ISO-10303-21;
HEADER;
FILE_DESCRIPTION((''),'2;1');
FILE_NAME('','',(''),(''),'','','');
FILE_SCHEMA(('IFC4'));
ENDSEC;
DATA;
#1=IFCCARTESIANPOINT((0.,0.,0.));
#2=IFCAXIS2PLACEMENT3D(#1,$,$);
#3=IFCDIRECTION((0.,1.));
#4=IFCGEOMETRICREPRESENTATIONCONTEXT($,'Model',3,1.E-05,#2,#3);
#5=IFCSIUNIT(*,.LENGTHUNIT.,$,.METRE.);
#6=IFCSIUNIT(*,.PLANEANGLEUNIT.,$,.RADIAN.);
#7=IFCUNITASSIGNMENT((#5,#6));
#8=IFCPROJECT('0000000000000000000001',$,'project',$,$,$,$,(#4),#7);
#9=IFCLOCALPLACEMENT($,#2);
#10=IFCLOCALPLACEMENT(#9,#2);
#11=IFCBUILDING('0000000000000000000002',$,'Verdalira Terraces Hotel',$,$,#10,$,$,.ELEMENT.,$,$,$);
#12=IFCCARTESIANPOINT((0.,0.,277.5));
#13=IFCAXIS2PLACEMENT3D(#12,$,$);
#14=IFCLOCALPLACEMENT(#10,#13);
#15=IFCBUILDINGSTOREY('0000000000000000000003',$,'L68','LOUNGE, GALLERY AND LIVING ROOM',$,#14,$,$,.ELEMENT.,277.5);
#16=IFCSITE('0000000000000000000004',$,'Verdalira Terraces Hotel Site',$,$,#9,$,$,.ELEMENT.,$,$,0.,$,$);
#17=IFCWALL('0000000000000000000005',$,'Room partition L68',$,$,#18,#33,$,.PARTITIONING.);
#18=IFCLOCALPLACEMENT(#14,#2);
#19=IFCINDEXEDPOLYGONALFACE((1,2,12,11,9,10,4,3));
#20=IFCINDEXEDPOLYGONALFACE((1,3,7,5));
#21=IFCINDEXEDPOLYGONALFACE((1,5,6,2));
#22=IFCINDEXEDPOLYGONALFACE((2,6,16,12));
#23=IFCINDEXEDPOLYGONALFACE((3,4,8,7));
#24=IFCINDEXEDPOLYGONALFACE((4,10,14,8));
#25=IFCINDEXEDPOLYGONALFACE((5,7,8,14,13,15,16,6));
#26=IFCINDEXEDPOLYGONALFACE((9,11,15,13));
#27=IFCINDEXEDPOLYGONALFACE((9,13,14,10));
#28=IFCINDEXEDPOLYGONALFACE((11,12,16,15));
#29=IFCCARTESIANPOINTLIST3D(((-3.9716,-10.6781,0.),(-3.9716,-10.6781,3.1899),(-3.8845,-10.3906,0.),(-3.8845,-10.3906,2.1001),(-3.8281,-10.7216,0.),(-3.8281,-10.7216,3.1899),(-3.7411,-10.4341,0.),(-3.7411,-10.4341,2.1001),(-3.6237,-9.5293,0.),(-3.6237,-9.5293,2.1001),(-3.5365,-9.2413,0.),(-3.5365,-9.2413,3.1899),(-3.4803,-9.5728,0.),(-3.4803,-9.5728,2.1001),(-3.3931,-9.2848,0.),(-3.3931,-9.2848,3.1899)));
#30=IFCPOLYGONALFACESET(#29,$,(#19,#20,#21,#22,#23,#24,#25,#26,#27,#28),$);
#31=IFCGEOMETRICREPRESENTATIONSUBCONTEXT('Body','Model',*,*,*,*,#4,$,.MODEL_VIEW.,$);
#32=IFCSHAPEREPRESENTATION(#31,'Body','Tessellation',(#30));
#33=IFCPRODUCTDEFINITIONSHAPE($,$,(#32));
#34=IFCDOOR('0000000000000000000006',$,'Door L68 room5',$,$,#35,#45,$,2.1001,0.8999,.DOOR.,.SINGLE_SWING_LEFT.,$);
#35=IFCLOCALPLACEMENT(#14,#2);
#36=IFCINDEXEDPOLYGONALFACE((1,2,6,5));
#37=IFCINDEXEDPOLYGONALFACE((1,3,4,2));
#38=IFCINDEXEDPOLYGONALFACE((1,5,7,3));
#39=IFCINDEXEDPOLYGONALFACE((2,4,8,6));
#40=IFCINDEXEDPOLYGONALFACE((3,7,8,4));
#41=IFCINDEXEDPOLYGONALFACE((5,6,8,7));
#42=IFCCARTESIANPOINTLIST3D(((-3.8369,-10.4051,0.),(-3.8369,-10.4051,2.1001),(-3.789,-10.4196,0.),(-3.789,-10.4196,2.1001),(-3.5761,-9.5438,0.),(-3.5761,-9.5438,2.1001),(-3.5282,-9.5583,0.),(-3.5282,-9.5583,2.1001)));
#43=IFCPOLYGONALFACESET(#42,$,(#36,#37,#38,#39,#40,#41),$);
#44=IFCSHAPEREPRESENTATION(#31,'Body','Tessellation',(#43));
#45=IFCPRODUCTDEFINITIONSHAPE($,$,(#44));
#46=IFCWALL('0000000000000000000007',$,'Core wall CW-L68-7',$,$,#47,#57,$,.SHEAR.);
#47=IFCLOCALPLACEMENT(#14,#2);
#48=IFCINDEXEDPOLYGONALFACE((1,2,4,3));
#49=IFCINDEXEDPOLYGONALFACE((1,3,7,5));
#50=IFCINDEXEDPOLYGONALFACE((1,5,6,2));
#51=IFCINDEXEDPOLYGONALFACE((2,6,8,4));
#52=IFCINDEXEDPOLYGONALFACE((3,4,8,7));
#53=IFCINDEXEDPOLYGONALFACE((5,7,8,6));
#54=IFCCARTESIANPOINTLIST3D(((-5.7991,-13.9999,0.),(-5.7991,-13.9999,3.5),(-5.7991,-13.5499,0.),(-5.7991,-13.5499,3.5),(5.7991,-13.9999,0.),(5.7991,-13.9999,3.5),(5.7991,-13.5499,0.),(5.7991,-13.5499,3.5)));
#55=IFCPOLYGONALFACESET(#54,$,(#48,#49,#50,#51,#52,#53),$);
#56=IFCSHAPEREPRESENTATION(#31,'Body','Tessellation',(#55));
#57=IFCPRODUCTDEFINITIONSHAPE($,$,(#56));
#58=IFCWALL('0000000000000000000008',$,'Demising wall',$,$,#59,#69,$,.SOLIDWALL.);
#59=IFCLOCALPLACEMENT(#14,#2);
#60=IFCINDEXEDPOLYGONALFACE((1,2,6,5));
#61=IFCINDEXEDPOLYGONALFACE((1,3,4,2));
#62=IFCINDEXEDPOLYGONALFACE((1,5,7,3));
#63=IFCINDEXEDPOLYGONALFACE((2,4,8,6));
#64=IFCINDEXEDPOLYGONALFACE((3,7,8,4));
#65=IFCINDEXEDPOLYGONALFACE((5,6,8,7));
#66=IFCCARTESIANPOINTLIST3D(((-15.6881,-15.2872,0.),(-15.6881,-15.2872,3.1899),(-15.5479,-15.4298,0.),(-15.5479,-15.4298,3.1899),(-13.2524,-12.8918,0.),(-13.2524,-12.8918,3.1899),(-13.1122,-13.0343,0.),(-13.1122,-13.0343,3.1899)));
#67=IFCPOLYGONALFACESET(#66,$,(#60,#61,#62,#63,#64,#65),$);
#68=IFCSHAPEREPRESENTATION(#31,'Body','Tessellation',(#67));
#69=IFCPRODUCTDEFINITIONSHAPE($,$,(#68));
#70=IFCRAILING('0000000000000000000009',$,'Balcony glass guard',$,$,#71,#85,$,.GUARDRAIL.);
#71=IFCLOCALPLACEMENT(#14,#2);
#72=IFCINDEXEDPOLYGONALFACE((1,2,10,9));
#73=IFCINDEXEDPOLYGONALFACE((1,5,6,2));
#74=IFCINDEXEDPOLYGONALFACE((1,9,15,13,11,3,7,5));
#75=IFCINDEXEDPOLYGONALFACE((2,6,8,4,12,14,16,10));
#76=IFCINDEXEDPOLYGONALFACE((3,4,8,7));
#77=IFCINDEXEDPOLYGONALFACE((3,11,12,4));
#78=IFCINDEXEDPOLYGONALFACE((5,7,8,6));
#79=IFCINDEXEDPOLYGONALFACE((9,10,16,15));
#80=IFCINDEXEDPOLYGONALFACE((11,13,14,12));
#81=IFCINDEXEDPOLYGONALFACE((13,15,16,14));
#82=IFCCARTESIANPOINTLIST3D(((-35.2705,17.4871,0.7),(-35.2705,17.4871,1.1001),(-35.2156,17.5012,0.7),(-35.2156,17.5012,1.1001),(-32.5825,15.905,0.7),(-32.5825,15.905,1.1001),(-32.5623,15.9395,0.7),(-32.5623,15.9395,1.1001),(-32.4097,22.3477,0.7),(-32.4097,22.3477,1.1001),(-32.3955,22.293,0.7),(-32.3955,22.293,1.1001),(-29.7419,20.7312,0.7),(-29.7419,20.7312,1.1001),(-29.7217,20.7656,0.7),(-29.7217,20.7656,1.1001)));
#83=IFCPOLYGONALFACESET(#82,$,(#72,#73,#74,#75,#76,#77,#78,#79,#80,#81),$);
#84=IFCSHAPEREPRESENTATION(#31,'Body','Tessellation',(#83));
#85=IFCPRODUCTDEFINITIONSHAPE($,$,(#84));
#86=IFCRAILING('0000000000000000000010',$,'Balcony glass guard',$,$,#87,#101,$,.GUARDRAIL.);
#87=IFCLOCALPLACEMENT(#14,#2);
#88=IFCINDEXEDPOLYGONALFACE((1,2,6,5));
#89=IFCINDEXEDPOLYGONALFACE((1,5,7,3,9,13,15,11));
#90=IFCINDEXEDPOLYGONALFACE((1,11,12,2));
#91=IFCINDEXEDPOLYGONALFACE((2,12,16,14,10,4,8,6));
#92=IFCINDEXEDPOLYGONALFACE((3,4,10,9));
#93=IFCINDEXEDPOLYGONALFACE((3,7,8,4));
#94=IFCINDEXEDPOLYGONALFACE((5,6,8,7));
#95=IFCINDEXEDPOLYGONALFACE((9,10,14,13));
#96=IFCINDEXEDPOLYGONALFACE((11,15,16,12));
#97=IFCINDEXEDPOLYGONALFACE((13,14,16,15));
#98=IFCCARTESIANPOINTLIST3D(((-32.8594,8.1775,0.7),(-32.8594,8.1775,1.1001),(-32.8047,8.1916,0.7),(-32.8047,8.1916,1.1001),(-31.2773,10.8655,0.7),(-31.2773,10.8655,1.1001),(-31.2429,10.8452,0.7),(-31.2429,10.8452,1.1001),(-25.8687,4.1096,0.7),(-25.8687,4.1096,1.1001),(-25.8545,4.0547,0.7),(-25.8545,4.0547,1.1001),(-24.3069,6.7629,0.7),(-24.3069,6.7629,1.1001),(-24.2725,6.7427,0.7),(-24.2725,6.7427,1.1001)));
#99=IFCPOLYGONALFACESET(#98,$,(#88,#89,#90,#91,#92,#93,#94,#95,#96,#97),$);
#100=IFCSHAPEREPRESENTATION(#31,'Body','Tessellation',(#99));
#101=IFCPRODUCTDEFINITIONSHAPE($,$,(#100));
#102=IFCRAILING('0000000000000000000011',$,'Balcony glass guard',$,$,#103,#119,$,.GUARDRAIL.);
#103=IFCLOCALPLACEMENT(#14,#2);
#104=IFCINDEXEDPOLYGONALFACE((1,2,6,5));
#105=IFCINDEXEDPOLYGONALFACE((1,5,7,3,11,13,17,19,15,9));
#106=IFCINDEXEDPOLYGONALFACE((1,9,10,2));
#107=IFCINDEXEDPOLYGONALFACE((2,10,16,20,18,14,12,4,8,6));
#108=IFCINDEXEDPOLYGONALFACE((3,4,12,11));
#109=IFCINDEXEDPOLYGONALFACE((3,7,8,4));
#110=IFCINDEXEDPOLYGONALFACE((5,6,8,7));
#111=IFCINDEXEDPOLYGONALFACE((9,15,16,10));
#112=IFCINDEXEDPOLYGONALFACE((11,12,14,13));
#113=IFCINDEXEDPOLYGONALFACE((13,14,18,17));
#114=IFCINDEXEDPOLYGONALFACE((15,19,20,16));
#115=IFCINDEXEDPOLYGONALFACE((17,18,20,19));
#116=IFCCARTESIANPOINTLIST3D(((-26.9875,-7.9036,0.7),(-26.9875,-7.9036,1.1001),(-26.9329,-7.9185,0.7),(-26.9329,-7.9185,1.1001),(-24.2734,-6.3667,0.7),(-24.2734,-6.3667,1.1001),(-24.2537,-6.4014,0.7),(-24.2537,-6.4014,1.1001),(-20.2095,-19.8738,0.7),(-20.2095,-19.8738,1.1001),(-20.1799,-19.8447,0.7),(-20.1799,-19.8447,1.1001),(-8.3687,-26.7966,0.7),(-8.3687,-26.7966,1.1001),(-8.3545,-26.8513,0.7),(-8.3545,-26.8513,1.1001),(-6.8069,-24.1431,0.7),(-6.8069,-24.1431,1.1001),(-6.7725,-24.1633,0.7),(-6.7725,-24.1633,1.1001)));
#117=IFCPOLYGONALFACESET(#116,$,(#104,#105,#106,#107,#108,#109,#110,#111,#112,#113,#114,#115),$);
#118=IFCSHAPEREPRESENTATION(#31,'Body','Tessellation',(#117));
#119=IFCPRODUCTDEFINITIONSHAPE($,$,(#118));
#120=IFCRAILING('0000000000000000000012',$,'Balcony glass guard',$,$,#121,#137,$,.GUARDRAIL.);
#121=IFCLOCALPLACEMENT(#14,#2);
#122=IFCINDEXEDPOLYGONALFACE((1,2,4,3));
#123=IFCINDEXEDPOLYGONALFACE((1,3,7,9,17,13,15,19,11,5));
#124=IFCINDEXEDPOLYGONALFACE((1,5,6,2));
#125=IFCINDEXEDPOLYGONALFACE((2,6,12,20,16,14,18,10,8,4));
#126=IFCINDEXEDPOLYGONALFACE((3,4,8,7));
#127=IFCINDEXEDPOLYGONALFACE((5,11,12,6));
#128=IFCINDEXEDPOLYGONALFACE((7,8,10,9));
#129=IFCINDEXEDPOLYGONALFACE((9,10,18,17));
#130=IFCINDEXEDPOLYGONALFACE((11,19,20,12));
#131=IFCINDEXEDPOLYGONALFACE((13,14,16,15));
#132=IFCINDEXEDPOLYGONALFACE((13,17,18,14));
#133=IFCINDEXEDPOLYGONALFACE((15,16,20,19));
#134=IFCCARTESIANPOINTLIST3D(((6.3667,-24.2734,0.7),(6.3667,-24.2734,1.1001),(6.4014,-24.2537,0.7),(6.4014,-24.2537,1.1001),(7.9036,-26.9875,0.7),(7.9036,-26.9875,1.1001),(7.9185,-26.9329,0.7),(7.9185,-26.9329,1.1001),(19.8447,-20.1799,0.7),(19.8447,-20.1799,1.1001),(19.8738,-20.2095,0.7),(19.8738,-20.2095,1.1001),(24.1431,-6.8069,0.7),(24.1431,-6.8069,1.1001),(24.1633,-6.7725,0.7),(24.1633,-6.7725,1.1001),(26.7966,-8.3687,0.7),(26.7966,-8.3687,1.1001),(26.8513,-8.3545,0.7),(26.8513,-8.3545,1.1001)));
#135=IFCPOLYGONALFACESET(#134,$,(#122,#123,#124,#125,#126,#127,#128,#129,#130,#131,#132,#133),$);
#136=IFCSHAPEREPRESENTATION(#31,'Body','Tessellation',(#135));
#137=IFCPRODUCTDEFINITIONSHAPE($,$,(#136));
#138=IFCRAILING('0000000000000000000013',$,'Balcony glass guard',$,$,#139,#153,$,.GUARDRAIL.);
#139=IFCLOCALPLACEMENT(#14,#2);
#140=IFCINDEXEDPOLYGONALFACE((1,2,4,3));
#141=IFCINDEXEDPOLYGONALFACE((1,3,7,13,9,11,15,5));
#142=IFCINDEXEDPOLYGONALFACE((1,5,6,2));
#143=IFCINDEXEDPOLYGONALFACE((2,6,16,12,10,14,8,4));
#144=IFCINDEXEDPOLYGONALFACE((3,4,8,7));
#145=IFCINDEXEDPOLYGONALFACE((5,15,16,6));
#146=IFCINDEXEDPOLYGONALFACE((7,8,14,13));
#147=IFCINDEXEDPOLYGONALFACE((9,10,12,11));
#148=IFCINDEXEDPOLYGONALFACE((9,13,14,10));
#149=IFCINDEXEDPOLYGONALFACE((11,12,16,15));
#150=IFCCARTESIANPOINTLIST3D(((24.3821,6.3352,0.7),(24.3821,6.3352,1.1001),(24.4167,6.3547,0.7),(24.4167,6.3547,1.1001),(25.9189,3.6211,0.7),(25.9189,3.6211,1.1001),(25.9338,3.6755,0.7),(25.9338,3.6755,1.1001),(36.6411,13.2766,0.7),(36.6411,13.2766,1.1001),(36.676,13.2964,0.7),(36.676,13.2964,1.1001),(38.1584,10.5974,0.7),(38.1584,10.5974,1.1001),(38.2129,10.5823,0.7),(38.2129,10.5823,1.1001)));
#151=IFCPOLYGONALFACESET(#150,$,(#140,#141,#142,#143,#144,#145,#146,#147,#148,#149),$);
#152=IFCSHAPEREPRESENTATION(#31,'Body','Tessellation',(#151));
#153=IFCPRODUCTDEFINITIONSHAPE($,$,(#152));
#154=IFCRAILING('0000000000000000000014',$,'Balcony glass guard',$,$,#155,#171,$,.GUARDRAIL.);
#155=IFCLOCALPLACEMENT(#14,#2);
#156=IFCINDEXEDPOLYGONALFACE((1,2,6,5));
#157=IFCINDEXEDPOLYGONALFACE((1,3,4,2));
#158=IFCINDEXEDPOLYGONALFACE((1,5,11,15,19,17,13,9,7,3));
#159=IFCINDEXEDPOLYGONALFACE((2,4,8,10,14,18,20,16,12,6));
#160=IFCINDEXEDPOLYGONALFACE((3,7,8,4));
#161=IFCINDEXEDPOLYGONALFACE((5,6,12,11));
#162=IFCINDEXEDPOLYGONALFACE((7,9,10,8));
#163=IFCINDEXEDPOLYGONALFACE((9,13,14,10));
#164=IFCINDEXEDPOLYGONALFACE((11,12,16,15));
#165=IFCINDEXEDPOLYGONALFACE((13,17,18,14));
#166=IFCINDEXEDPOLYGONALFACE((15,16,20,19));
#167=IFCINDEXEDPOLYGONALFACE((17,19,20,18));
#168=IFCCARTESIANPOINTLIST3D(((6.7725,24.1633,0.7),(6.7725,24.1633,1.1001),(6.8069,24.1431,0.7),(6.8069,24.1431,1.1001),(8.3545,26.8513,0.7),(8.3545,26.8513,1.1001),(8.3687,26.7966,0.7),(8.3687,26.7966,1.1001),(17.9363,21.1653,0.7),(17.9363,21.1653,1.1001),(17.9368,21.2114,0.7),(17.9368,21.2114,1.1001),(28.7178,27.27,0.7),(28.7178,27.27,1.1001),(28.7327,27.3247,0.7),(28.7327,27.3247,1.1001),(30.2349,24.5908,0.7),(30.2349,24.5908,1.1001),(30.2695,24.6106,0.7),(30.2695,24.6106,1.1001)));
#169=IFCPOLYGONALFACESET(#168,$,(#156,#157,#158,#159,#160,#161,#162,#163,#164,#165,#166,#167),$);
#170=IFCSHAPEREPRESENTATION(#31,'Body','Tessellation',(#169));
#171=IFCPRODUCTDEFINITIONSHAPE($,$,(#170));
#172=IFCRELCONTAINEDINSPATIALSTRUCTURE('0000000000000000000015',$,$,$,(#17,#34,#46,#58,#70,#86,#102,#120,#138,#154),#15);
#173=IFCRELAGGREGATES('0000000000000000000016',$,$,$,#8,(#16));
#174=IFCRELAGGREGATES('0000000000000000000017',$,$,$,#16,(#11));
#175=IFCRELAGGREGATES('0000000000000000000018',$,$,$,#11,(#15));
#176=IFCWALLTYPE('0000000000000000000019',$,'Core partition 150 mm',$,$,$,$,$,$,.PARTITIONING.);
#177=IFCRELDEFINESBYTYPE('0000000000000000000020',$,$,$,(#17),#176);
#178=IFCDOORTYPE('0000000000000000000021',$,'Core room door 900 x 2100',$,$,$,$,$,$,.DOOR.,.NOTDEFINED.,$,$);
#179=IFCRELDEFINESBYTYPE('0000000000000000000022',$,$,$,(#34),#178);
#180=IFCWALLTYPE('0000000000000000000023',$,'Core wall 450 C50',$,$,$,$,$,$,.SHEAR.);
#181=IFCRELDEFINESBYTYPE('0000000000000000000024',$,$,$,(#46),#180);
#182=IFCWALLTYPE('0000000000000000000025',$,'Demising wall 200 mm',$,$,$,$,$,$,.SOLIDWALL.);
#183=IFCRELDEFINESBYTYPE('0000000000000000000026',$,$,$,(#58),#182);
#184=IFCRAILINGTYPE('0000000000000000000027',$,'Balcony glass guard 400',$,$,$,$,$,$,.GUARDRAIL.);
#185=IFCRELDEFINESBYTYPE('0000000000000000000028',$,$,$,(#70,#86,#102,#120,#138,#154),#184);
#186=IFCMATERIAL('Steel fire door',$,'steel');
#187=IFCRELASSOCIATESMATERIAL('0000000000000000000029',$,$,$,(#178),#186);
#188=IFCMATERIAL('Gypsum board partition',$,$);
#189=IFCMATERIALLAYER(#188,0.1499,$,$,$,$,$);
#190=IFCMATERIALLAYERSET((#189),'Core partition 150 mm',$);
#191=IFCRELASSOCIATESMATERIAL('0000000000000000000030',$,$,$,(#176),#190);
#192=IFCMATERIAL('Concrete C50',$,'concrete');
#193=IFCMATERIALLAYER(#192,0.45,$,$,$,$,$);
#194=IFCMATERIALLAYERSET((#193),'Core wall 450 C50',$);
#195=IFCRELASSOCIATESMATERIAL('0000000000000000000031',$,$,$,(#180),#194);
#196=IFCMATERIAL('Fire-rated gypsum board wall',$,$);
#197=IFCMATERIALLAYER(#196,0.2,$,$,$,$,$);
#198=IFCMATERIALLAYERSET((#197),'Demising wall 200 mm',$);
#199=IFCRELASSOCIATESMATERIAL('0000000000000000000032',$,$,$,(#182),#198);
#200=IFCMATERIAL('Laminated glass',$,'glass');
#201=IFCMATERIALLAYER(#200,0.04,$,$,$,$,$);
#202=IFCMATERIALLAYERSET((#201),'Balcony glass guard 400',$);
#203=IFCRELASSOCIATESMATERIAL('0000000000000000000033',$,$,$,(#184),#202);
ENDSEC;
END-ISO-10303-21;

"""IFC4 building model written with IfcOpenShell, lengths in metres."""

from ifc_helpers import new_model, si_unit, direction, frame, frame_2d, origin, place, context, subcontext, project, spatial, polyline, rectangle, outline, extrude, material, layer, layer_set, type_object, element, fill, save


model = new_model("IFC4")

# Units and contexts
model_context = context("Model", 3, precision=1e-05, world=origin(), true_north=direction((0.0, 1.0)))
body_context = subcontext(model_context, "Body", "Model", "MODEL_VIEW")
ifc_project = project(units=[si_unit("LENGTHUNIT", "METRE"), si_unit("PLANEANGLEUNIT", "RADIAN")], contexts=[model_context])

# Site, building, storey
site_placement = place(None, origin())
site = spatial("IfcSite", under=ifc_project, at=site_placement, Name="Verdalira Terraces Hotel Site", CompositionType="ELEMENT", RefElevation=0.0)
building_placement = place(site_placement, origin())
building = spatial("IfcBuilding", under=site, at=building_placement, Name="Verdalira Terraces Hotel", CompositionType="ELEMENT")
storey_placement = place(building_placement, frame((0.0, 0.0, 277.5)))
storey = spatial("IfcBuildingStorey", under=building, at=storey_placement, Name="L68", Description="LOUNGE, GALLERY AND LIVING ROOM", CompositionType="ELEMENT", Elevation=277.5)

# Shared definitions
ifc_material_1 = material(Name="Steel fire door", Category="steel")
door_type_1 = type_object("IfcDoorType", Name="Core room door 900 x 2100", OperationType="NOTDEFINED", PredefinedType="DOOR", material=ifc_material_1)

# Wall, opening, door
ifc_material_2 = material(Name="Gypsum board partition")
ifc_layer_1 = layer(ifc_material_2, 0.1499)
ifc_layer_set_1 = layer_set([ifc_layer_1], Name="Core partition 150 mm")
wall_type_1 = type_object("IfcWallType", Name="Core partition 150 mm", PredefinedType="PARTITIONING", material=ifc_layer_set_1)
wall_1_placement = place(storey_placement, frame((-3.4648, -9.2632, 0.0), z_axis=(0.0, 0.0, 1.0), x_axis=(-0.289809, -0.957085, 0.0)))
wall_1 = element("IfcWall", 1, at=wall_1_placement, inside=storey, type_object=wall_type_1, Name="Room partition L68", PredefinedType="PARTITIONING", context=body_context, shape_type="SweptSolid", body=[
    extrude(rectangle(XDim=1.5012, YDim=0.1499, at=frame_2d((0.7505, 0.0))), origin(), (0.0, 0.0, 1.0), 3.1899),
])
opening_1_placement = place(wall_1_placement, frame((0.3008, 0.0, 0.0)))
opening_1 = element("IfcOpeningElement", 2, at=opening_1_placement, cuts=wall_1, PredefinedType="OPENING", context=body_context, shape_type="SweptSolid", body=[
    extrude(rectangle(XDim=0.8999, YDim=2.1001, at=frame_2d((0.45, 1.05))), frame((0.0, 0.085, 0.0), z_axis=(0.0, -1.0, 0.0), x_axis=(1.0, 0.0, 0.0)), (0.0, 0.0, 1.0), 0.1699),
])
door_1_placement = place(opening_1_placement, origin())
door_1 = element("IfcDoor", 3, at=door_1_placement, inside=storey, type_object=door_type_1, Name="Door L68 room5", OperationType="SINGLE_SWING_LEFT", OverallHeight=2.1001, OverallWidth=0.8999, PredefinedType="DOOR", context=body_context, shape_type="SweptSolid", body=[
    extrude(rectangle(XDim=0.8999, YDim=2.1001, at=frame_2d((0.45, 1.05))), frame((0.0, 0.0249, 0.0), z_axis=(0.0, -1.0, 0.0), x_axis=(1.0, 0.0, 0.0)), (0.0, 0.0, 1.0), 0.05),
])
fill(opening_1, door_1)

# Walls
ifc_material_3 = material(Name="Concrete C50", Category="concrete")
ifc_layer_2 = layer(ifc_material_3, 0.45)
ifc_layer_set_2 = layer_set([ifc_layer_2], Name="Core wall 450 C50")
wall_type_2 = type_object("IfcWallType", Name="Core wall 450 C50", PredefinedType="SHEAR", material=ifc_layer_set_2)
wall_2_placement = place(storey_placement, frame((-5.7991, -13.7749, 0.0), z_axis=(0.0, 0.0, 1.0), x_axis=(1.0, 0.0, 0.0)))
element("IfcWall", 4, at=wall_2_placement, inside=storey, type_object=wall_type_2, Name="Core wall CW-L68-7", PredefinedType="SHEAR", context=body_context, shape_type="SweptSolid", body=[
    extrude(rectangle(XDim=11.5981, YDim=0.45, at=frame_2d((5.7991, 0.0))), origin(), (0.0, 0.0, 1.0), 3.5),
])
ifc_material_4 = material(Name="Fire-rated gypsum board wall")
ifc_layer_3 = layer(ifc_material_4, 0.2)
ifc_layer_set_3 = layer_set([ifc_layer_3], Name="Demising wall 200 mm")
wall_type_3 = type_object("IfcWallType", Name="Demising wall 200 mm", PredefinedType="SOLIDWALL", material=ifc_layer_set_3)
wall_3_placement = place(storey_placement, frame((-13.1824, -12.9631, 0.0), z_axis=(0.0, 0.0, 1.0), x_axis=(-0.712978, -0.701187, 0.0)))
element("IfcWall", 5, at=wall_3_placement, inside=storey, type_object=wall_type_3, Name="Demising wall", PredefinedType="SOLIDWALL", context=body_context, shape_type="SweptSolid", body=[
    extrude(rectangle(XDim=3.4163, YDim=0.2, at=frame_2d((1.708, 0.0))), origin(), (0.0, 0.0, 1.0), 3.1899),
])

# Railings
ifc_material_5 = material(Name="Laminated glass", Category="glass")
ifc_layer_4 = layer(ifc_material_5, 0.04)
ifc_layer_set_4 = layer_set([ifc_layer_4], Name="Balcony glass guard 400")
railing_type_1 = type_object("IfcRailingType", Name="Balcony glass guard 400", PredefinedType="GUARDRAIL", material=ifc_layer_set_4)
railing_1_placement = place(storey_placement, frame((0.0, 0.0, 0.7)))
element("IfcRailing", 6, at=railing_1_placement, inside=storey, type_object=railing_type_1, Name="Balcony glass guard", PredefinedType="GUARDRAIL", context=body_context, shape_type="SweptSolid", body=[
    extrude(outline(polyline([(-32.3955, 22.293), (-35.2156, 17.5012), (-32.5623, 15.9395), (-32.5825, 15.905), (-35.2705, 17.4871), (-32.4097, 22.3477), (-29.7217, 20.7656), (-29.7419, 20.7312), (-32.3955, 22.293)])), origin(), (0.0, 0.0, 1.0), 0.4001),
])
railing_2_placement = place(storey_placement, frame((0.0, 0.0, 0.7)))
element("IfcRailing", 7, at=railing_2_placement, inside=storey, type_object=railing_type_1, Name="Balcony glass guard", PredefinedType="GUARDRAIL", context=body_context, shape_type="SweptSolid", body=[
    extrude(outline(polyline([(-32.8047, 8.1916), (-25.8687, 4.1096), (-24.3069, 6.7629), (-24.2725, 6.7427), (-25.8545, 4.0547), (-32.8594, 8.1775), (-31.2773, 10.8655), (-31.2429, 10.8452), (-32.8047, 8.1916)])), origin(), (0.0, 0.0, 1.0), 0.4001),
])
railing_3_placement = place(storey_placement, frame((0.0, 0.0, 0.7)))
element("IfcRailing", 8, at=railing_3_placement, inside=storey, type_object=railing_type_1, Name="Balcony glass guard", PredefinedType="GUARDRAIL", context=body_context, shape_type="SweptSolid", body=[
    extrude(outline(polyline([(-26.9329, -7.9185), (-20.1799, -19.8447), (-8.3687, -26.7966), (-6.8069, -24.1431), (-6.7725, -24.1633), (-8.3545, -26.8513), (-20.2095, -19.8738), (-26.9875, -7.9036), (-24.2734, -6.3667), (-24.2537, -6.4014), (-26.9329, -7.9185)])), origin(), (0.0, 0.0, 1.0), 0.4001),
])
railing_4_placement = place(storey_placement, frame((0.0, 0.0, 0.7)))
element("IfcRailing", 9, at=railing_4_placement, inside=storey, type_object=railing_type_1, Name="Balcony glass guard", PredefinedType="GUARDRAIL", context=body_context, shape_type="SweptSolid", body=[
    extrude(outline(polyline([(7.9185, -26.9329), (19.8447, -20.1799), (26.7966, -8.3687), (24.1431, -6.8069), (24.1633, -6.7725), (26.8513, -8.3545), (19.8738, -20.2095), (7.9036, -26.9875), (6.3667, -24.2734), (6.4014, -24.2537), (7.9185, -26.9329)])), origin(), (0.0, 0.0, 1.0), 0.4001),
])
railing_5_placement = place(storey_placement, frame((0.0, 0.0, 0.7)))
element("IfcRailing", 10, at=railing_5_placement, inside=storey, type_object=railing_type_1, Name="Balcony glass guard", PredefinedType="GUARDRAIL", context=body_context, shape_type="SweptSolid", body=[
    extrude(outline(polyline([(25.9338, 3.6755), (38.1584, 10.5974), (36.6411, 13.2766), (36.676, 13.2964), (38.2129, 10.5823), (25.9189, 3.6211), (24.3821, 6.3352), (24.4167, 6.3547), (25.9338, 3.6755)])), origin(), (0.0, 0.0, 1.0), 0.4001),
])
railing_6_placement = place(storey_placement, frame((0.0, 0.0, 0.7)))
element("IfcRailing", 11, at=railing_6_placement, inside=storey, type_object=railing_type_1, Name="Balcony glass guard", PredefinedType="GUARDRAIL", context=body_context, shape_type="SweptSolid", body=[
    extrude(outline(polyline([(28.7178, 27.27), (17.9363, 21.1653), (8.3687, 26.7966), (6.8069, 24.1431), (6.7725, 24.1633), (8.3545, 26.8513), (17.9368, 21.2114), (28.7327, 27.3247), (30.2695, 24.6106), (30.2349, 24.5908), (28.7178, 27.27)])), origin(), (0.0, 0.0, 1.0), 0.4001),
])

save(model, "model.ifc")
